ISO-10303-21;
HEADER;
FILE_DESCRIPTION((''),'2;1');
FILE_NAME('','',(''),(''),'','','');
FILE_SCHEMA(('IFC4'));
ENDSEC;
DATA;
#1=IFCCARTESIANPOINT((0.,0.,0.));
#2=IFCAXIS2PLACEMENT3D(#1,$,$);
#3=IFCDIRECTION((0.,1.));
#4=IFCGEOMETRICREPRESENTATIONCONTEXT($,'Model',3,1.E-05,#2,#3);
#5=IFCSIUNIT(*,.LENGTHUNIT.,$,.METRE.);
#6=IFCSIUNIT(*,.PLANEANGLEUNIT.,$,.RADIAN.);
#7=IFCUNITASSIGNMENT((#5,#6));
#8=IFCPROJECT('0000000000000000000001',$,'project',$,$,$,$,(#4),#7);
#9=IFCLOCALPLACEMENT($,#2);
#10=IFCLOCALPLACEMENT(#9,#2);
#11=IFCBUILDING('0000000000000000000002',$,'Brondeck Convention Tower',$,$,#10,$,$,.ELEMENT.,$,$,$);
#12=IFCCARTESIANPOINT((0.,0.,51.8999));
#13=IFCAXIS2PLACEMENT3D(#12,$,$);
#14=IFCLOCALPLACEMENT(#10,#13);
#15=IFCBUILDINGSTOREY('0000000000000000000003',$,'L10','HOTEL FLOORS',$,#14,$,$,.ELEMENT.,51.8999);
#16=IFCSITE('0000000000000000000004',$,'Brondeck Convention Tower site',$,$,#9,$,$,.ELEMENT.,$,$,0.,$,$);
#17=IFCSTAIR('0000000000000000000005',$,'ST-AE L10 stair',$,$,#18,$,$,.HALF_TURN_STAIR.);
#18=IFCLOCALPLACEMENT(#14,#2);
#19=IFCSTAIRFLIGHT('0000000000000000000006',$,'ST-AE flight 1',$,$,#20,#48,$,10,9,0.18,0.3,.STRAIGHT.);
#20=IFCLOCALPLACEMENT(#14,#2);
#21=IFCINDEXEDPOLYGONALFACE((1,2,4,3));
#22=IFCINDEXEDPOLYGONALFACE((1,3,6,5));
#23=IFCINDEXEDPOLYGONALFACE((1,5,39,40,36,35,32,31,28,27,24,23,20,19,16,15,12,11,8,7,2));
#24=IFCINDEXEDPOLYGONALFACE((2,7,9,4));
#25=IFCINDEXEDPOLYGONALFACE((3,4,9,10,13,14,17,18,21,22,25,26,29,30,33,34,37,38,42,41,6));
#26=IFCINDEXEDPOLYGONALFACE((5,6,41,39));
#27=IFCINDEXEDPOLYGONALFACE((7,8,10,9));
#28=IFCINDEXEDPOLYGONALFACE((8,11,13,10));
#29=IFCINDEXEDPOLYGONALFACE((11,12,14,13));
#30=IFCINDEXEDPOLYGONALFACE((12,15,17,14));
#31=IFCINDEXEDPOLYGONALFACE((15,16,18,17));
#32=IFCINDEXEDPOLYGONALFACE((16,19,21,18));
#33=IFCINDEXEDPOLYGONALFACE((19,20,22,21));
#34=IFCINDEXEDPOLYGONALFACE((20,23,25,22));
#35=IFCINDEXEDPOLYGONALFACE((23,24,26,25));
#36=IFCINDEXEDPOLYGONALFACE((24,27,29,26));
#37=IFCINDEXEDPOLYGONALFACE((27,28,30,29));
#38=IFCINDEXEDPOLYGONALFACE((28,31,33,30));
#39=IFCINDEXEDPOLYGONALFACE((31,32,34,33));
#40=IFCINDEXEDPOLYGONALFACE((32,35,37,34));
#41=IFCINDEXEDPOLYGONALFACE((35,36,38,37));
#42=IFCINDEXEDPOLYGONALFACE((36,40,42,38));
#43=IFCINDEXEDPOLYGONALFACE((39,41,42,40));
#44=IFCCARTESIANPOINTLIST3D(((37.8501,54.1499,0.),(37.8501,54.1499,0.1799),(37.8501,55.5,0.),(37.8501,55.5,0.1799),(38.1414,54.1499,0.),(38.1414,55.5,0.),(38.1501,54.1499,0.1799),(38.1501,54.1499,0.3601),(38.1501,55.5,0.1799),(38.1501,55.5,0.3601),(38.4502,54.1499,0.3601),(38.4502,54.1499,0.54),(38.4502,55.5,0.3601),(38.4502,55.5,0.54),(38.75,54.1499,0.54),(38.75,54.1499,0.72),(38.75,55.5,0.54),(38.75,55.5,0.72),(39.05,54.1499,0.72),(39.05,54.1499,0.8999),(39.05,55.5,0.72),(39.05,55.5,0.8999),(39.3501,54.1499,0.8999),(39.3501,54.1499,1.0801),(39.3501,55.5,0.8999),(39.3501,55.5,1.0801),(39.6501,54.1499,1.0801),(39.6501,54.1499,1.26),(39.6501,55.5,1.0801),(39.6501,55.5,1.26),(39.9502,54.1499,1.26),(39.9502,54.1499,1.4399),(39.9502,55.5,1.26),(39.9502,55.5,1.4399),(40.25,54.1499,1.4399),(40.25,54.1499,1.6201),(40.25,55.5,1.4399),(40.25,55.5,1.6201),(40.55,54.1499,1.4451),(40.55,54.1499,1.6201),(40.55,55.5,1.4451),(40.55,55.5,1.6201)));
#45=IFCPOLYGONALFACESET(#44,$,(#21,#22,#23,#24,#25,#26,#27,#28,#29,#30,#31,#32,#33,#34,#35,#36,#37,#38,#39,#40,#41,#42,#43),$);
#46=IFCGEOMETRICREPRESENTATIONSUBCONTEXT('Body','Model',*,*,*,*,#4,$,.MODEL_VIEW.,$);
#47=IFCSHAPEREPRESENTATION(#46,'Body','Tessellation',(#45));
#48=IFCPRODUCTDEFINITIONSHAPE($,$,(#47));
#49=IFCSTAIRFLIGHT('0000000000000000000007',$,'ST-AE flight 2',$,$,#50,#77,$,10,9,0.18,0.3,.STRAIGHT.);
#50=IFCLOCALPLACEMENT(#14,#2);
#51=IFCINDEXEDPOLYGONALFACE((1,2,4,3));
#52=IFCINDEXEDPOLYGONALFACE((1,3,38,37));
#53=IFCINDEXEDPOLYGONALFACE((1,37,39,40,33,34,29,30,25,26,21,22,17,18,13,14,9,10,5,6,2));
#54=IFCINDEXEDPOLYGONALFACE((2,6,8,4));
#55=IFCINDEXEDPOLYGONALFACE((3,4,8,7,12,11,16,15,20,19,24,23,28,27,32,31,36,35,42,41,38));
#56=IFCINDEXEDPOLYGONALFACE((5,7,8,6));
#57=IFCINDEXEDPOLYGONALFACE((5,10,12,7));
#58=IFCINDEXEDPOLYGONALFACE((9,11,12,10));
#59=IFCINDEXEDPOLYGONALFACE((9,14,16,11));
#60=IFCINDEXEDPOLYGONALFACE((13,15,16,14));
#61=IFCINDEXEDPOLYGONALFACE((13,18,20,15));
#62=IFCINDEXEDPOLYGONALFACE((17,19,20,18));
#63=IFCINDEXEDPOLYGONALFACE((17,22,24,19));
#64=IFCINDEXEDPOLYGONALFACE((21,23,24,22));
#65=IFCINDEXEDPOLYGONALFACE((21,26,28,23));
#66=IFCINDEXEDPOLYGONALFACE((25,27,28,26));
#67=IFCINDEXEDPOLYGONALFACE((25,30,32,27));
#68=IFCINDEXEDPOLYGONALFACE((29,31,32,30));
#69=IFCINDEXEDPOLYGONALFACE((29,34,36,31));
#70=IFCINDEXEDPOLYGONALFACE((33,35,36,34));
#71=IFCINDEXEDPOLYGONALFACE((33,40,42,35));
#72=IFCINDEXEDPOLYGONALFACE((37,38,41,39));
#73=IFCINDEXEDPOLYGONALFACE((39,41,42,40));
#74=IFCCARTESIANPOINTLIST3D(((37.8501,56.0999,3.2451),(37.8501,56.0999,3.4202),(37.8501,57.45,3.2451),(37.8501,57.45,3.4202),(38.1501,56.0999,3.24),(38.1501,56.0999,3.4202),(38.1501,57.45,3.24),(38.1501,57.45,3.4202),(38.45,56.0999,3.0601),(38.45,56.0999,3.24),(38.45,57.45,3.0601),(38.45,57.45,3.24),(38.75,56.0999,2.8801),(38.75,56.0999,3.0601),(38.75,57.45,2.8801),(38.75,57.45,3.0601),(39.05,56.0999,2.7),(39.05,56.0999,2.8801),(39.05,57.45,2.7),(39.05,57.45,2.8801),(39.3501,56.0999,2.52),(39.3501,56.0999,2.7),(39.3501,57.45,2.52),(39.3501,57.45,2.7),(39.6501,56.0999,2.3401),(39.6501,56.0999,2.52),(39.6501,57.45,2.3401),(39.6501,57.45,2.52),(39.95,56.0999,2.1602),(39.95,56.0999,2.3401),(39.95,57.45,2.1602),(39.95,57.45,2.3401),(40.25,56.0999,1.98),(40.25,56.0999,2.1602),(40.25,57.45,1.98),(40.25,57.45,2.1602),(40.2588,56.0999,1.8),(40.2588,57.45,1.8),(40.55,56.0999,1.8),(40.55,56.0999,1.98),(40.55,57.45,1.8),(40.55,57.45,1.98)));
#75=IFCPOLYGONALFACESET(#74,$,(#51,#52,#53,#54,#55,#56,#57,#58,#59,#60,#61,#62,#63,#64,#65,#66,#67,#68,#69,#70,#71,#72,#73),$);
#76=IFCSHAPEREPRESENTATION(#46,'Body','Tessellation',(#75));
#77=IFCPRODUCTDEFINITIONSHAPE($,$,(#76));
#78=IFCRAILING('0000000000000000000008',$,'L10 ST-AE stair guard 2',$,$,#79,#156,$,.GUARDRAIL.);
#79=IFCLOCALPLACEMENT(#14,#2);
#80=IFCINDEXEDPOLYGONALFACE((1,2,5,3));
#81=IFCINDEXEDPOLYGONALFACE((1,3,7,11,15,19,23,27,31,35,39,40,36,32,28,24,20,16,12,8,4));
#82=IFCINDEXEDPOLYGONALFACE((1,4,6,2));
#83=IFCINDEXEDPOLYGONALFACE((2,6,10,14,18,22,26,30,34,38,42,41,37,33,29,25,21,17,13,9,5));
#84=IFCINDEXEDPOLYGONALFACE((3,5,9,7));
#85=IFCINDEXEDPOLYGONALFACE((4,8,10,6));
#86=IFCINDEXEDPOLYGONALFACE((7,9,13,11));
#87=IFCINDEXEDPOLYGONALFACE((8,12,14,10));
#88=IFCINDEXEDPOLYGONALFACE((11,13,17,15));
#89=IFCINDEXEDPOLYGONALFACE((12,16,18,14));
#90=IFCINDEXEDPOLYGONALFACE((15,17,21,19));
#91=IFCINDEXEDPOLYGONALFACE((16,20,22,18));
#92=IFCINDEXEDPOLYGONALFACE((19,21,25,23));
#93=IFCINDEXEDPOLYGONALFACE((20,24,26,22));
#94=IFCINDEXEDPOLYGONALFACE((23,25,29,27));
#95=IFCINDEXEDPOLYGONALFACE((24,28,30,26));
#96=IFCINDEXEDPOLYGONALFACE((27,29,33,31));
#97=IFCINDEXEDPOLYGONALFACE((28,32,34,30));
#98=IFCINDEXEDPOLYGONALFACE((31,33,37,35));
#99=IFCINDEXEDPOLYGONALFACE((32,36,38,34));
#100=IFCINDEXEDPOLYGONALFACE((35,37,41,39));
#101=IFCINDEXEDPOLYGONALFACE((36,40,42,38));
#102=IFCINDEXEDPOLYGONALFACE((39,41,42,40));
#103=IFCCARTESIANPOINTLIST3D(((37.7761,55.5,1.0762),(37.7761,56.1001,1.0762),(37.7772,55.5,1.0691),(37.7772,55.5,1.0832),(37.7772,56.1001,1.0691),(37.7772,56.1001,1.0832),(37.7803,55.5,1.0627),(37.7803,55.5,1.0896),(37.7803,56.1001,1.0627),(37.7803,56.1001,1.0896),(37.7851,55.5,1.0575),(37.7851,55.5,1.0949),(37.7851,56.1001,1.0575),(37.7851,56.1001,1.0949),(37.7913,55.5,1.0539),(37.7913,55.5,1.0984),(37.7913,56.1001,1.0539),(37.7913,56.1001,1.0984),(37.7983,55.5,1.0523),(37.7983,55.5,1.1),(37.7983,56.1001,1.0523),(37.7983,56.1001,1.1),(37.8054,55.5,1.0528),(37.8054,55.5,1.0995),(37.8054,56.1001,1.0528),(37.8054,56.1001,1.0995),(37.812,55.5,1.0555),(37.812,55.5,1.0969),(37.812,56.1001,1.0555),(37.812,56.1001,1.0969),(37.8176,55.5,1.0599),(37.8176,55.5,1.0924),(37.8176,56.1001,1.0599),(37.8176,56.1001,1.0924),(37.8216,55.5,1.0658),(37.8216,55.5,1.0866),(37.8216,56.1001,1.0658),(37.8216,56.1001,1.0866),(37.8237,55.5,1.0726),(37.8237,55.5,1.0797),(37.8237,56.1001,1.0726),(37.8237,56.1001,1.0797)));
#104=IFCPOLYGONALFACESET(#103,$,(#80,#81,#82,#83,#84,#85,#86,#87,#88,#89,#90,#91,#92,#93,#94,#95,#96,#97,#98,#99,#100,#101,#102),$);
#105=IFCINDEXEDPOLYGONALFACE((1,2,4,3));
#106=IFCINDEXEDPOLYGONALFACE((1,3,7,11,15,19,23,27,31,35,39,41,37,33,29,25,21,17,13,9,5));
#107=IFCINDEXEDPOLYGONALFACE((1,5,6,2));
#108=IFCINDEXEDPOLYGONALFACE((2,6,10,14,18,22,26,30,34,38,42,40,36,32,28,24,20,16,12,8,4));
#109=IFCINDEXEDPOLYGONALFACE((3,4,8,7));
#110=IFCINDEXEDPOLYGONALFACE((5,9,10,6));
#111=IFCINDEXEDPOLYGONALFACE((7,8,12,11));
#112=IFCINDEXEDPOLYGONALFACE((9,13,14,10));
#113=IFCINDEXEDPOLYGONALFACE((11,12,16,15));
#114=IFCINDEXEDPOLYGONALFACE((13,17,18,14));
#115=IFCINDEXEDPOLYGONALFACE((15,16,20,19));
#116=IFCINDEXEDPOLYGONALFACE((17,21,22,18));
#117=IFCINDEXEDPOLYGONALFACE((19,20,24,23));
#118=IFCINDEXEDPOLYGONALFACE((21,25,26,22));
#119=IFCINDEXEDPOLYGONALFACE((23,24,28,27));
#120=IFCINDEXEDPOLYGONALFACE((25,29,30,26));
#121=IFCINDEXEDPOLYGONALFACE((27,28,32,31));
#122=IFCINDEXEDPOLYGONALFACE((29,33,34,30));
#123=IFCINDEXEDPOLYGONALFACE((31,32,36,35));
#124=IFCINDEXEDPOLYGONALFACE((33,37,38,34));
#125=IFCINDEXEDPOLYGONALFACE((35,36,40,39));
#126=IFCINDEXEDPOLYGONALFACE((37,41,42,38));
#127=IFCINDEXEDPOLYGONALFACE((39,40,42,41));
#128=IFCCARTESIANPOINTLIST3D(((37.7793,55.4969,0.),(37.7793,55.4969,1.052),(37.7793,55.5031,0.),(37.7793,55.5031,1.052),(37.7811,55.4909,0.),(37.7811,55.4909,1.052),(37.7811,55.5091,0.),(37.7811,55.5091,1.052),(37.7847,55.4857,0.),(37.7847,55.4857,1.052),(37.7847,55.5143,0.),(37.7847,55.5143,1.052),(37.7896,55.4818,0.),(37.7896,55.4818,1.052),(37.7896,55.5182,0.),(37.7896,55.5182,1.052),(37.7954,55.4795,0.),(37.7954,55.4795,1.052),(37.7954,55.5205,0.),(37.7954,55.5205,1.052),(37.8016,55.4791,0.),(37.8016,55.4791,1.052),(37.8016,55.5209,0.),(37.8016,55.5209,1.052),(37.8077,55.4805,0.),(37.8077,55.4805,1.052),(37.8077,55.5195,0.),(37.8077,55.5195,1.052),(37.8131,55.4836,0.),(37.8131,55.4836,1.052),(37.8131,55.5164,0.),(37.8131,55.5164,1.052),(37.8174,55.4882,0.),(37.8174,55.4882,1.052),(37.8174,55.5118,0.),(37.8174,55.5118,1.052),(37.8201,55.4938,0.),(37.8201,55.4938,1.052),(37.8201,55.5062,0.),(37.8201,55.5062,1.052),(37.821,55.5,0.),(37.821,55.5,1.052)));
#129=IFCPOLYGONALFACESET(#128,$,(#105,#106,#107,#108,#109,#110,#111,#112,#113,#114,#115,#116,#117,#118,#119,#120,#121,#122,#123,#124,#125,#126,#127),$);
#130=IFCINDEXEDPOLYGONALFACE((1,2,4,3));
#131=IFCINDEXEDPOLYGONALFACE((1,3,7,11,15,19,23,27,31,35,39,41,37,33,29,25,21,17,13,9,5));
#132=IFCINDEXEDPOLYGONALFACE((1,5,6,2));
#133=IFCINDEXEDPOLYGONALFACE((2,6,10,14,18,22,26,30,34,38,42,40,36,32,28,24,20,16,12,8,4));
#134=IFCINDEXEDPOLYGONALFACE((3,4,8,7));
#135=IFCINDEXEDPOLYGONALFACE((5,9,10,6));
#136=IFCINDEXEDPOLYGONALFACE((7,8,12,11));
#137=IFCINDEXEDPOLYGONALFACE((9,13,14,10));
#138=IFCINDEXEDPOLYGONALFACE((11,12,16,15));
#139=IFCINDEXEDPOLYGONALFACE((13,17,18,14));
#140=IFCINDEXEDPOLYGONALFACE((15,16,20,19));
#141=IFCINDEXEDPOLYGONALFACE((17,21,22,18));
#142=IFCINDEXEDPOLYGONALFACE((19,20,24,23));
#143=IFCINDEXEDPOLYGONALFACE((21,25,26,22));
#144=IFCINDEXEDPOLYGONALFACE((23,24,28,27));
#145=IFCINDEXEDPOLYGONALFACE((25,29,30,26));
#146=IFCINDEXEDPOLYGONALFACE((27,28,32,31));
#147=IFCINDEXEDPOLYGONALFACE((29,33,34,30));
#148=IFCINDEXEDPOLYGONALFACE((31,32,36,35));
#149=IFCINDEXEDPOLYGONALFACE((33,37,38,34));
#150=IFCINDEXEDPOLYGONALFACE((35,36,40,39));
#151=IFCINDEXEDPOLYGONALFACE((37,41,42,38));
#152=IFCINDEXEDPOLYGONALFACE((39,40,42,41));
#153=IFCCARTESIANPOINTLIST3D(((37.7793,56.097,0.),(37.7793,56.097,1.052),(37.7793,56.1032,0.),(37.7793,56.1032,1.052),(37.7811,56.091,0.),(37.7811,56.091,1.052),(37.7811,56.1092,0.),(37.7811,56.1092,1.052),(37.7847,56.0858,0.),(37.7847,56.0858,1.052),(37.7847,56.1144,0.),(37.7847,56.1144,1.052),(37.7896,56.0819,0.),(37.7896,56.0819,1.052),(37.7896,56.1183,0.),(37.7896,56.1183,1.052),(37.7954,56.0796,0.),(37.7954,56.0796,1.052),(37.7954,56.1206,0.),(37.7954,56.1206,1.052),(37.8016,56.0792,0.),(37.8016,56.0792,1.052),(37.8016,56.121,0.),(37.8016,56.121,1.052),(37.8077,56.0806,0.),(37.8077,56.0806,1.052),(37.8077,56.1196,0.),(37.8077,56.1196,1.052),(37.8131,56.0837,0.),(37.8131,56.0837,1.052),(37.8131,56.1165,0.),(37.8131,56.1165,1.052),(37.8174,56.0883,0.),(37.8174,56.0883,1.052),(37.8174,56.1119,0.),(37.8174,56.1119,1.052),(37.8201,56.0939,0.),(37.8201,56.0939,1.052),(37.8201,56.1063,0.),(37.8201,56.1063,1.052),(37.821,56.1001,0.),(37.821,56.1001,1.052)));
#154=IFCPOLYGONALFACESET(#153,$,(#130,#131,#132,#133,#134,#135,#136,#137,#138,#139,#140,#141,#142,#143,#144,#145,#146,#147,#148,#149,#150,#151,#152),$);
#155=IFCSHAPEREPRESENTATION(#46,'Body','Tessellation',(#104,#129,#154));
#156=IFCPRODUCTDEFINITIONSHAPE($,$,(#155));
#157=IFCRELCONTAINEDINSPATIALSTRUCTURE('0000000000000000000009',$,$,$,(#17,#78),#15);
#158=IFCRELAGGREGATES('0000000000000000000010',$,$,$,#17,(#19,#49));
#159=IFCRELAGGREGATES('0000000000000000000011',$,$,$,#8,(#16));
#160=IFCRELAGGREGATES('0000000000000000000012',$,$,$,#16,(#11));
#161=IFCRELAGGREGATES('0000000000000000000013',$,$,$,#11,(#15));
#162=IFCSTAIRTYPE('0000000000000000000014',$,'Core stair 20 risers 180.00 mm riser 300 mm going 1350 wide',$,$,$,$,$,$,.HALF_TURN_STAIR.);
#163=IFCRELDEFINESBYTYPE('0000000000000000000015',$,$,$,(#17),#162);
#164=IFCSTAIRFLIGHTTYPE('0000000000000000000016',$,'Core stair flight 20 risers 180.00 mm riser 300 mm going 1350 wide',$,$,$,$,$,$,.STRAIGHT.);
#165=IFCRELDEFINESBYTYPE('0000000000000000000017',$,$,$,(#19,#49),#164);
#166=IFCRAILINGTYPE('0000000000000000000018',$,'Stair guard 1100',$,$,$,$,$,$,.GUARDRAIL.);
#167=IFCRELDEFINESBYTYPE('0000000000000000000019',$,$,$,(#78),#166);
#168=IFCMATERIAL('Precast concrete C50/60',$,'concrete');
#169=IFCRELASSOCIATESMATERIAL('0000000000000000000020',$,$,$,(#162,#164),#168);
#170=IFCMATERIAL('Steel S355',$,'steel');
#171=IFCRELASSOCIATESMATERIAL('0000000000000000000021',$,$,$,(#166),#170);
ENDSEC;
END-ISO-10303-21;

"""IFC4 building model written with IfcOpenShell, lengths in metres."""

from ifc_helpers import new_model, si_unit, direction, frame, origin, origin_2d, place, context, subcontext, project, spatial, polyline, circle, outline, extrude, material, type_object, element, aggregate, save


model = new_model("IFC4")

# Units and contexts
model_context = context("Model", 3, precision=1e-05, world=origin(), true_north=direction((0.0, 1.0)))
body_context = subcontext(model_context, "Body", "Model", "MODEL_VIEW")
ifc_project = project(units=[si_unit("LENGTHUNIT", "METRE"), si_unit("PLANEANGLEUNIT", "RADIAN")], contexts=[model_context])

# Site, building, storey
site_placement = place(None, origin())
site = spatial("IfcSite", under=ifc_project, at=site_placement, Name="Brondeck Convention Tower site", CompositionType="ELEMENT", RefElevation=0.0)
building_placement = place(site_placement, origin())
building = spatial("IfcBuilding", under=site, at=building_placement, Name="Brondeck Convention Tower", CompositionType="ELEMENT")
storey_placement = place(building_placement, frame((0.0, 0.0, 51.8999)))
storey = spatial("IfcBuildingStorey", under=building, at=storey_placement, Name="L10", Description="HOTEL FLOORS", CompositionType="ELEMENT", Elevation=51.8999)

# Stair, stair flights
ifc_material_1 = material(Name="Precast concrete C50/60", Category="concrete")
stair_type = type_object("IfcStairType", Name="Core stair 20 risers 180.00 mm riser 300 mm going 1350 wide", PredefinedType="HALF_TURN_STAIR", material=ifc_material_1)
stair_placement = place(storey_placement, origin())
stair = element("IfcStair", 1, at=stair_placement, inside=storey, type_object=stair_type, Name="ST-AE L10 stair", PredefinedType="HALF_TURN_STAIR")
stair_flight_type = type_object("IfcStairFlightType", Name="Core stair flight 20 risers 180.00 mm riser 300 mm going 1350 wide", PredefinedType="STRAIGHT", material=ifc_material_1)
stair_flight_1_placement = place(storey_placement, frame((37.8501, 54.825, 0.0), z_axis=(0.0, 0.0, 1.0), x_axis=(1.0, 0.0, 0.0)))
stair_flight_1 = element("IfcStairFlight", 2, at=stair_flight_1_placement, type_object=stair_flight_type, Name="ST-AE flight 1", NumberOfRisers=10, NumberOfTreads=9, PredefinedType="STRAIGHT", RiserHeight=0.18, TreadLength=0.3, context=body_context, shape_type="SweptSolid", body=[
    extrude(outline(polyline([(0.0, 0.0), (0.0, 0.1799), (0.3, 0.1799), (0.3, 0.3601), (0.6001, 0.3601), (0.6001, 0.54), (0.8999, 0.54), (0.8999, 0.72), (1.2, 0.72), (1.2, 0.8999), (1.5, 0.8999), (1.5, 1.0801), (1.8, 1.0801), (1.8, 1.26), (2.1001, 1.26), (2.1001, 1.4399), (2.3999, 1.4399), (2.3999, 1.6201), (2.7, 1.6201), (2.7, 1.8), (2.7, 1.4451), (0.2913, 0.0), (0.0, 0.0)])), frame((0.0, 0.675, 0.0), z_axis=(0.0, -1.0, 0.0), x_axis=(1.0, 0.0, 0.0)), (0.0, 0.0, 1.0), 1.3501),
])
stair_flight_2_placement = place(storey_placement, frame((40.55, 56.7749, 1.8), z_axis=(0.0, 0.0, 1.0), x_axis=(-1.0, 0.0, 0.0)))
stair_flight_2 = element("IfcStairFlight", 3, at=stair_flight_2_placement, type_object=stair_flight_type, Name="ST-AE flight 2", NumberOfRisers=10, NumberOfTreads=9, PredefinedType="STRAIGHT", RiserHeight=0.18, TreadLength=0.3, context=body_context, shape_type="SweptSolid", body=[
    extrude(outline(polyline([(0.0, 0.0), (0.0, 0.1799), (0.3, 0.1799), (0.3, 0.3601), (0.6001, 0.3601), (0.6001, 0.54), (0.8999, 0.54), (0.8999, 0.72), (1.2, 0.72), (1.2, 0.8999), (1.5, 0.8999), (1.5, 1.0801), (1.8, 1.0801), (1.8, 1.26), (2.1001, 1.26), (2.1001, 1.4399), (2.3999, 1.4399), (2.3999, 1.6201), (2.7, 1.6201), (2.7, 1.8), (2.7, 1.4451), (0.2913, 0.0), (0.0, 0.0)])), frame((0.0, 0.675, 0.0), z_axis=(0.0, -1.0, 0.0), x_axis=(1.0, 0.0, 0.0)), (0.0, 0.0, 1.0), 1.3501),
])
aggregate(stair, [stair_flight_1, stair_flight_2])

# Railing
ifc_material_2 = material(Name="Steel S355", Category="steel")
railing_type_1 = type_object("IfcRailingType", Name="Stair guard 1100", PredefinedType="GUARDRAIL", material=ifc_material_2)
railing_1_placement = place(storey_placement, frame((37.8, 55.5, 0.0)))
element("IfcRailing", 4, at=railing_1_placement, inside=storey, type_object=railing_type_1, Name="L10 ST-AE stair guard 2", PredefinedType="GUARDRAIL", context=body_context, shape_type="SweptSolid", body=[
    extrude(circle(Radius=0.0239, at=origin_2d()), frame((0.0, 0.0, 1.0762), z_axis=(0.0, 1.0, 0.0), x_axis=(-1.0, 0.0, 0.0)), (0.0, 0.0, 1.0), 0.6001),
    extrude(circle(Radius=0.021, at=origin_2d()), origin(), (0.0, 0.0, 1.0), 1.052),
    extrude(circle(Radius=0.021, at=origin_2d()), frame((0.0, 0.6001, 0.0)), (0.0, 0.0, 1.0), 1.052),
])

save(model, "model.ifc")
